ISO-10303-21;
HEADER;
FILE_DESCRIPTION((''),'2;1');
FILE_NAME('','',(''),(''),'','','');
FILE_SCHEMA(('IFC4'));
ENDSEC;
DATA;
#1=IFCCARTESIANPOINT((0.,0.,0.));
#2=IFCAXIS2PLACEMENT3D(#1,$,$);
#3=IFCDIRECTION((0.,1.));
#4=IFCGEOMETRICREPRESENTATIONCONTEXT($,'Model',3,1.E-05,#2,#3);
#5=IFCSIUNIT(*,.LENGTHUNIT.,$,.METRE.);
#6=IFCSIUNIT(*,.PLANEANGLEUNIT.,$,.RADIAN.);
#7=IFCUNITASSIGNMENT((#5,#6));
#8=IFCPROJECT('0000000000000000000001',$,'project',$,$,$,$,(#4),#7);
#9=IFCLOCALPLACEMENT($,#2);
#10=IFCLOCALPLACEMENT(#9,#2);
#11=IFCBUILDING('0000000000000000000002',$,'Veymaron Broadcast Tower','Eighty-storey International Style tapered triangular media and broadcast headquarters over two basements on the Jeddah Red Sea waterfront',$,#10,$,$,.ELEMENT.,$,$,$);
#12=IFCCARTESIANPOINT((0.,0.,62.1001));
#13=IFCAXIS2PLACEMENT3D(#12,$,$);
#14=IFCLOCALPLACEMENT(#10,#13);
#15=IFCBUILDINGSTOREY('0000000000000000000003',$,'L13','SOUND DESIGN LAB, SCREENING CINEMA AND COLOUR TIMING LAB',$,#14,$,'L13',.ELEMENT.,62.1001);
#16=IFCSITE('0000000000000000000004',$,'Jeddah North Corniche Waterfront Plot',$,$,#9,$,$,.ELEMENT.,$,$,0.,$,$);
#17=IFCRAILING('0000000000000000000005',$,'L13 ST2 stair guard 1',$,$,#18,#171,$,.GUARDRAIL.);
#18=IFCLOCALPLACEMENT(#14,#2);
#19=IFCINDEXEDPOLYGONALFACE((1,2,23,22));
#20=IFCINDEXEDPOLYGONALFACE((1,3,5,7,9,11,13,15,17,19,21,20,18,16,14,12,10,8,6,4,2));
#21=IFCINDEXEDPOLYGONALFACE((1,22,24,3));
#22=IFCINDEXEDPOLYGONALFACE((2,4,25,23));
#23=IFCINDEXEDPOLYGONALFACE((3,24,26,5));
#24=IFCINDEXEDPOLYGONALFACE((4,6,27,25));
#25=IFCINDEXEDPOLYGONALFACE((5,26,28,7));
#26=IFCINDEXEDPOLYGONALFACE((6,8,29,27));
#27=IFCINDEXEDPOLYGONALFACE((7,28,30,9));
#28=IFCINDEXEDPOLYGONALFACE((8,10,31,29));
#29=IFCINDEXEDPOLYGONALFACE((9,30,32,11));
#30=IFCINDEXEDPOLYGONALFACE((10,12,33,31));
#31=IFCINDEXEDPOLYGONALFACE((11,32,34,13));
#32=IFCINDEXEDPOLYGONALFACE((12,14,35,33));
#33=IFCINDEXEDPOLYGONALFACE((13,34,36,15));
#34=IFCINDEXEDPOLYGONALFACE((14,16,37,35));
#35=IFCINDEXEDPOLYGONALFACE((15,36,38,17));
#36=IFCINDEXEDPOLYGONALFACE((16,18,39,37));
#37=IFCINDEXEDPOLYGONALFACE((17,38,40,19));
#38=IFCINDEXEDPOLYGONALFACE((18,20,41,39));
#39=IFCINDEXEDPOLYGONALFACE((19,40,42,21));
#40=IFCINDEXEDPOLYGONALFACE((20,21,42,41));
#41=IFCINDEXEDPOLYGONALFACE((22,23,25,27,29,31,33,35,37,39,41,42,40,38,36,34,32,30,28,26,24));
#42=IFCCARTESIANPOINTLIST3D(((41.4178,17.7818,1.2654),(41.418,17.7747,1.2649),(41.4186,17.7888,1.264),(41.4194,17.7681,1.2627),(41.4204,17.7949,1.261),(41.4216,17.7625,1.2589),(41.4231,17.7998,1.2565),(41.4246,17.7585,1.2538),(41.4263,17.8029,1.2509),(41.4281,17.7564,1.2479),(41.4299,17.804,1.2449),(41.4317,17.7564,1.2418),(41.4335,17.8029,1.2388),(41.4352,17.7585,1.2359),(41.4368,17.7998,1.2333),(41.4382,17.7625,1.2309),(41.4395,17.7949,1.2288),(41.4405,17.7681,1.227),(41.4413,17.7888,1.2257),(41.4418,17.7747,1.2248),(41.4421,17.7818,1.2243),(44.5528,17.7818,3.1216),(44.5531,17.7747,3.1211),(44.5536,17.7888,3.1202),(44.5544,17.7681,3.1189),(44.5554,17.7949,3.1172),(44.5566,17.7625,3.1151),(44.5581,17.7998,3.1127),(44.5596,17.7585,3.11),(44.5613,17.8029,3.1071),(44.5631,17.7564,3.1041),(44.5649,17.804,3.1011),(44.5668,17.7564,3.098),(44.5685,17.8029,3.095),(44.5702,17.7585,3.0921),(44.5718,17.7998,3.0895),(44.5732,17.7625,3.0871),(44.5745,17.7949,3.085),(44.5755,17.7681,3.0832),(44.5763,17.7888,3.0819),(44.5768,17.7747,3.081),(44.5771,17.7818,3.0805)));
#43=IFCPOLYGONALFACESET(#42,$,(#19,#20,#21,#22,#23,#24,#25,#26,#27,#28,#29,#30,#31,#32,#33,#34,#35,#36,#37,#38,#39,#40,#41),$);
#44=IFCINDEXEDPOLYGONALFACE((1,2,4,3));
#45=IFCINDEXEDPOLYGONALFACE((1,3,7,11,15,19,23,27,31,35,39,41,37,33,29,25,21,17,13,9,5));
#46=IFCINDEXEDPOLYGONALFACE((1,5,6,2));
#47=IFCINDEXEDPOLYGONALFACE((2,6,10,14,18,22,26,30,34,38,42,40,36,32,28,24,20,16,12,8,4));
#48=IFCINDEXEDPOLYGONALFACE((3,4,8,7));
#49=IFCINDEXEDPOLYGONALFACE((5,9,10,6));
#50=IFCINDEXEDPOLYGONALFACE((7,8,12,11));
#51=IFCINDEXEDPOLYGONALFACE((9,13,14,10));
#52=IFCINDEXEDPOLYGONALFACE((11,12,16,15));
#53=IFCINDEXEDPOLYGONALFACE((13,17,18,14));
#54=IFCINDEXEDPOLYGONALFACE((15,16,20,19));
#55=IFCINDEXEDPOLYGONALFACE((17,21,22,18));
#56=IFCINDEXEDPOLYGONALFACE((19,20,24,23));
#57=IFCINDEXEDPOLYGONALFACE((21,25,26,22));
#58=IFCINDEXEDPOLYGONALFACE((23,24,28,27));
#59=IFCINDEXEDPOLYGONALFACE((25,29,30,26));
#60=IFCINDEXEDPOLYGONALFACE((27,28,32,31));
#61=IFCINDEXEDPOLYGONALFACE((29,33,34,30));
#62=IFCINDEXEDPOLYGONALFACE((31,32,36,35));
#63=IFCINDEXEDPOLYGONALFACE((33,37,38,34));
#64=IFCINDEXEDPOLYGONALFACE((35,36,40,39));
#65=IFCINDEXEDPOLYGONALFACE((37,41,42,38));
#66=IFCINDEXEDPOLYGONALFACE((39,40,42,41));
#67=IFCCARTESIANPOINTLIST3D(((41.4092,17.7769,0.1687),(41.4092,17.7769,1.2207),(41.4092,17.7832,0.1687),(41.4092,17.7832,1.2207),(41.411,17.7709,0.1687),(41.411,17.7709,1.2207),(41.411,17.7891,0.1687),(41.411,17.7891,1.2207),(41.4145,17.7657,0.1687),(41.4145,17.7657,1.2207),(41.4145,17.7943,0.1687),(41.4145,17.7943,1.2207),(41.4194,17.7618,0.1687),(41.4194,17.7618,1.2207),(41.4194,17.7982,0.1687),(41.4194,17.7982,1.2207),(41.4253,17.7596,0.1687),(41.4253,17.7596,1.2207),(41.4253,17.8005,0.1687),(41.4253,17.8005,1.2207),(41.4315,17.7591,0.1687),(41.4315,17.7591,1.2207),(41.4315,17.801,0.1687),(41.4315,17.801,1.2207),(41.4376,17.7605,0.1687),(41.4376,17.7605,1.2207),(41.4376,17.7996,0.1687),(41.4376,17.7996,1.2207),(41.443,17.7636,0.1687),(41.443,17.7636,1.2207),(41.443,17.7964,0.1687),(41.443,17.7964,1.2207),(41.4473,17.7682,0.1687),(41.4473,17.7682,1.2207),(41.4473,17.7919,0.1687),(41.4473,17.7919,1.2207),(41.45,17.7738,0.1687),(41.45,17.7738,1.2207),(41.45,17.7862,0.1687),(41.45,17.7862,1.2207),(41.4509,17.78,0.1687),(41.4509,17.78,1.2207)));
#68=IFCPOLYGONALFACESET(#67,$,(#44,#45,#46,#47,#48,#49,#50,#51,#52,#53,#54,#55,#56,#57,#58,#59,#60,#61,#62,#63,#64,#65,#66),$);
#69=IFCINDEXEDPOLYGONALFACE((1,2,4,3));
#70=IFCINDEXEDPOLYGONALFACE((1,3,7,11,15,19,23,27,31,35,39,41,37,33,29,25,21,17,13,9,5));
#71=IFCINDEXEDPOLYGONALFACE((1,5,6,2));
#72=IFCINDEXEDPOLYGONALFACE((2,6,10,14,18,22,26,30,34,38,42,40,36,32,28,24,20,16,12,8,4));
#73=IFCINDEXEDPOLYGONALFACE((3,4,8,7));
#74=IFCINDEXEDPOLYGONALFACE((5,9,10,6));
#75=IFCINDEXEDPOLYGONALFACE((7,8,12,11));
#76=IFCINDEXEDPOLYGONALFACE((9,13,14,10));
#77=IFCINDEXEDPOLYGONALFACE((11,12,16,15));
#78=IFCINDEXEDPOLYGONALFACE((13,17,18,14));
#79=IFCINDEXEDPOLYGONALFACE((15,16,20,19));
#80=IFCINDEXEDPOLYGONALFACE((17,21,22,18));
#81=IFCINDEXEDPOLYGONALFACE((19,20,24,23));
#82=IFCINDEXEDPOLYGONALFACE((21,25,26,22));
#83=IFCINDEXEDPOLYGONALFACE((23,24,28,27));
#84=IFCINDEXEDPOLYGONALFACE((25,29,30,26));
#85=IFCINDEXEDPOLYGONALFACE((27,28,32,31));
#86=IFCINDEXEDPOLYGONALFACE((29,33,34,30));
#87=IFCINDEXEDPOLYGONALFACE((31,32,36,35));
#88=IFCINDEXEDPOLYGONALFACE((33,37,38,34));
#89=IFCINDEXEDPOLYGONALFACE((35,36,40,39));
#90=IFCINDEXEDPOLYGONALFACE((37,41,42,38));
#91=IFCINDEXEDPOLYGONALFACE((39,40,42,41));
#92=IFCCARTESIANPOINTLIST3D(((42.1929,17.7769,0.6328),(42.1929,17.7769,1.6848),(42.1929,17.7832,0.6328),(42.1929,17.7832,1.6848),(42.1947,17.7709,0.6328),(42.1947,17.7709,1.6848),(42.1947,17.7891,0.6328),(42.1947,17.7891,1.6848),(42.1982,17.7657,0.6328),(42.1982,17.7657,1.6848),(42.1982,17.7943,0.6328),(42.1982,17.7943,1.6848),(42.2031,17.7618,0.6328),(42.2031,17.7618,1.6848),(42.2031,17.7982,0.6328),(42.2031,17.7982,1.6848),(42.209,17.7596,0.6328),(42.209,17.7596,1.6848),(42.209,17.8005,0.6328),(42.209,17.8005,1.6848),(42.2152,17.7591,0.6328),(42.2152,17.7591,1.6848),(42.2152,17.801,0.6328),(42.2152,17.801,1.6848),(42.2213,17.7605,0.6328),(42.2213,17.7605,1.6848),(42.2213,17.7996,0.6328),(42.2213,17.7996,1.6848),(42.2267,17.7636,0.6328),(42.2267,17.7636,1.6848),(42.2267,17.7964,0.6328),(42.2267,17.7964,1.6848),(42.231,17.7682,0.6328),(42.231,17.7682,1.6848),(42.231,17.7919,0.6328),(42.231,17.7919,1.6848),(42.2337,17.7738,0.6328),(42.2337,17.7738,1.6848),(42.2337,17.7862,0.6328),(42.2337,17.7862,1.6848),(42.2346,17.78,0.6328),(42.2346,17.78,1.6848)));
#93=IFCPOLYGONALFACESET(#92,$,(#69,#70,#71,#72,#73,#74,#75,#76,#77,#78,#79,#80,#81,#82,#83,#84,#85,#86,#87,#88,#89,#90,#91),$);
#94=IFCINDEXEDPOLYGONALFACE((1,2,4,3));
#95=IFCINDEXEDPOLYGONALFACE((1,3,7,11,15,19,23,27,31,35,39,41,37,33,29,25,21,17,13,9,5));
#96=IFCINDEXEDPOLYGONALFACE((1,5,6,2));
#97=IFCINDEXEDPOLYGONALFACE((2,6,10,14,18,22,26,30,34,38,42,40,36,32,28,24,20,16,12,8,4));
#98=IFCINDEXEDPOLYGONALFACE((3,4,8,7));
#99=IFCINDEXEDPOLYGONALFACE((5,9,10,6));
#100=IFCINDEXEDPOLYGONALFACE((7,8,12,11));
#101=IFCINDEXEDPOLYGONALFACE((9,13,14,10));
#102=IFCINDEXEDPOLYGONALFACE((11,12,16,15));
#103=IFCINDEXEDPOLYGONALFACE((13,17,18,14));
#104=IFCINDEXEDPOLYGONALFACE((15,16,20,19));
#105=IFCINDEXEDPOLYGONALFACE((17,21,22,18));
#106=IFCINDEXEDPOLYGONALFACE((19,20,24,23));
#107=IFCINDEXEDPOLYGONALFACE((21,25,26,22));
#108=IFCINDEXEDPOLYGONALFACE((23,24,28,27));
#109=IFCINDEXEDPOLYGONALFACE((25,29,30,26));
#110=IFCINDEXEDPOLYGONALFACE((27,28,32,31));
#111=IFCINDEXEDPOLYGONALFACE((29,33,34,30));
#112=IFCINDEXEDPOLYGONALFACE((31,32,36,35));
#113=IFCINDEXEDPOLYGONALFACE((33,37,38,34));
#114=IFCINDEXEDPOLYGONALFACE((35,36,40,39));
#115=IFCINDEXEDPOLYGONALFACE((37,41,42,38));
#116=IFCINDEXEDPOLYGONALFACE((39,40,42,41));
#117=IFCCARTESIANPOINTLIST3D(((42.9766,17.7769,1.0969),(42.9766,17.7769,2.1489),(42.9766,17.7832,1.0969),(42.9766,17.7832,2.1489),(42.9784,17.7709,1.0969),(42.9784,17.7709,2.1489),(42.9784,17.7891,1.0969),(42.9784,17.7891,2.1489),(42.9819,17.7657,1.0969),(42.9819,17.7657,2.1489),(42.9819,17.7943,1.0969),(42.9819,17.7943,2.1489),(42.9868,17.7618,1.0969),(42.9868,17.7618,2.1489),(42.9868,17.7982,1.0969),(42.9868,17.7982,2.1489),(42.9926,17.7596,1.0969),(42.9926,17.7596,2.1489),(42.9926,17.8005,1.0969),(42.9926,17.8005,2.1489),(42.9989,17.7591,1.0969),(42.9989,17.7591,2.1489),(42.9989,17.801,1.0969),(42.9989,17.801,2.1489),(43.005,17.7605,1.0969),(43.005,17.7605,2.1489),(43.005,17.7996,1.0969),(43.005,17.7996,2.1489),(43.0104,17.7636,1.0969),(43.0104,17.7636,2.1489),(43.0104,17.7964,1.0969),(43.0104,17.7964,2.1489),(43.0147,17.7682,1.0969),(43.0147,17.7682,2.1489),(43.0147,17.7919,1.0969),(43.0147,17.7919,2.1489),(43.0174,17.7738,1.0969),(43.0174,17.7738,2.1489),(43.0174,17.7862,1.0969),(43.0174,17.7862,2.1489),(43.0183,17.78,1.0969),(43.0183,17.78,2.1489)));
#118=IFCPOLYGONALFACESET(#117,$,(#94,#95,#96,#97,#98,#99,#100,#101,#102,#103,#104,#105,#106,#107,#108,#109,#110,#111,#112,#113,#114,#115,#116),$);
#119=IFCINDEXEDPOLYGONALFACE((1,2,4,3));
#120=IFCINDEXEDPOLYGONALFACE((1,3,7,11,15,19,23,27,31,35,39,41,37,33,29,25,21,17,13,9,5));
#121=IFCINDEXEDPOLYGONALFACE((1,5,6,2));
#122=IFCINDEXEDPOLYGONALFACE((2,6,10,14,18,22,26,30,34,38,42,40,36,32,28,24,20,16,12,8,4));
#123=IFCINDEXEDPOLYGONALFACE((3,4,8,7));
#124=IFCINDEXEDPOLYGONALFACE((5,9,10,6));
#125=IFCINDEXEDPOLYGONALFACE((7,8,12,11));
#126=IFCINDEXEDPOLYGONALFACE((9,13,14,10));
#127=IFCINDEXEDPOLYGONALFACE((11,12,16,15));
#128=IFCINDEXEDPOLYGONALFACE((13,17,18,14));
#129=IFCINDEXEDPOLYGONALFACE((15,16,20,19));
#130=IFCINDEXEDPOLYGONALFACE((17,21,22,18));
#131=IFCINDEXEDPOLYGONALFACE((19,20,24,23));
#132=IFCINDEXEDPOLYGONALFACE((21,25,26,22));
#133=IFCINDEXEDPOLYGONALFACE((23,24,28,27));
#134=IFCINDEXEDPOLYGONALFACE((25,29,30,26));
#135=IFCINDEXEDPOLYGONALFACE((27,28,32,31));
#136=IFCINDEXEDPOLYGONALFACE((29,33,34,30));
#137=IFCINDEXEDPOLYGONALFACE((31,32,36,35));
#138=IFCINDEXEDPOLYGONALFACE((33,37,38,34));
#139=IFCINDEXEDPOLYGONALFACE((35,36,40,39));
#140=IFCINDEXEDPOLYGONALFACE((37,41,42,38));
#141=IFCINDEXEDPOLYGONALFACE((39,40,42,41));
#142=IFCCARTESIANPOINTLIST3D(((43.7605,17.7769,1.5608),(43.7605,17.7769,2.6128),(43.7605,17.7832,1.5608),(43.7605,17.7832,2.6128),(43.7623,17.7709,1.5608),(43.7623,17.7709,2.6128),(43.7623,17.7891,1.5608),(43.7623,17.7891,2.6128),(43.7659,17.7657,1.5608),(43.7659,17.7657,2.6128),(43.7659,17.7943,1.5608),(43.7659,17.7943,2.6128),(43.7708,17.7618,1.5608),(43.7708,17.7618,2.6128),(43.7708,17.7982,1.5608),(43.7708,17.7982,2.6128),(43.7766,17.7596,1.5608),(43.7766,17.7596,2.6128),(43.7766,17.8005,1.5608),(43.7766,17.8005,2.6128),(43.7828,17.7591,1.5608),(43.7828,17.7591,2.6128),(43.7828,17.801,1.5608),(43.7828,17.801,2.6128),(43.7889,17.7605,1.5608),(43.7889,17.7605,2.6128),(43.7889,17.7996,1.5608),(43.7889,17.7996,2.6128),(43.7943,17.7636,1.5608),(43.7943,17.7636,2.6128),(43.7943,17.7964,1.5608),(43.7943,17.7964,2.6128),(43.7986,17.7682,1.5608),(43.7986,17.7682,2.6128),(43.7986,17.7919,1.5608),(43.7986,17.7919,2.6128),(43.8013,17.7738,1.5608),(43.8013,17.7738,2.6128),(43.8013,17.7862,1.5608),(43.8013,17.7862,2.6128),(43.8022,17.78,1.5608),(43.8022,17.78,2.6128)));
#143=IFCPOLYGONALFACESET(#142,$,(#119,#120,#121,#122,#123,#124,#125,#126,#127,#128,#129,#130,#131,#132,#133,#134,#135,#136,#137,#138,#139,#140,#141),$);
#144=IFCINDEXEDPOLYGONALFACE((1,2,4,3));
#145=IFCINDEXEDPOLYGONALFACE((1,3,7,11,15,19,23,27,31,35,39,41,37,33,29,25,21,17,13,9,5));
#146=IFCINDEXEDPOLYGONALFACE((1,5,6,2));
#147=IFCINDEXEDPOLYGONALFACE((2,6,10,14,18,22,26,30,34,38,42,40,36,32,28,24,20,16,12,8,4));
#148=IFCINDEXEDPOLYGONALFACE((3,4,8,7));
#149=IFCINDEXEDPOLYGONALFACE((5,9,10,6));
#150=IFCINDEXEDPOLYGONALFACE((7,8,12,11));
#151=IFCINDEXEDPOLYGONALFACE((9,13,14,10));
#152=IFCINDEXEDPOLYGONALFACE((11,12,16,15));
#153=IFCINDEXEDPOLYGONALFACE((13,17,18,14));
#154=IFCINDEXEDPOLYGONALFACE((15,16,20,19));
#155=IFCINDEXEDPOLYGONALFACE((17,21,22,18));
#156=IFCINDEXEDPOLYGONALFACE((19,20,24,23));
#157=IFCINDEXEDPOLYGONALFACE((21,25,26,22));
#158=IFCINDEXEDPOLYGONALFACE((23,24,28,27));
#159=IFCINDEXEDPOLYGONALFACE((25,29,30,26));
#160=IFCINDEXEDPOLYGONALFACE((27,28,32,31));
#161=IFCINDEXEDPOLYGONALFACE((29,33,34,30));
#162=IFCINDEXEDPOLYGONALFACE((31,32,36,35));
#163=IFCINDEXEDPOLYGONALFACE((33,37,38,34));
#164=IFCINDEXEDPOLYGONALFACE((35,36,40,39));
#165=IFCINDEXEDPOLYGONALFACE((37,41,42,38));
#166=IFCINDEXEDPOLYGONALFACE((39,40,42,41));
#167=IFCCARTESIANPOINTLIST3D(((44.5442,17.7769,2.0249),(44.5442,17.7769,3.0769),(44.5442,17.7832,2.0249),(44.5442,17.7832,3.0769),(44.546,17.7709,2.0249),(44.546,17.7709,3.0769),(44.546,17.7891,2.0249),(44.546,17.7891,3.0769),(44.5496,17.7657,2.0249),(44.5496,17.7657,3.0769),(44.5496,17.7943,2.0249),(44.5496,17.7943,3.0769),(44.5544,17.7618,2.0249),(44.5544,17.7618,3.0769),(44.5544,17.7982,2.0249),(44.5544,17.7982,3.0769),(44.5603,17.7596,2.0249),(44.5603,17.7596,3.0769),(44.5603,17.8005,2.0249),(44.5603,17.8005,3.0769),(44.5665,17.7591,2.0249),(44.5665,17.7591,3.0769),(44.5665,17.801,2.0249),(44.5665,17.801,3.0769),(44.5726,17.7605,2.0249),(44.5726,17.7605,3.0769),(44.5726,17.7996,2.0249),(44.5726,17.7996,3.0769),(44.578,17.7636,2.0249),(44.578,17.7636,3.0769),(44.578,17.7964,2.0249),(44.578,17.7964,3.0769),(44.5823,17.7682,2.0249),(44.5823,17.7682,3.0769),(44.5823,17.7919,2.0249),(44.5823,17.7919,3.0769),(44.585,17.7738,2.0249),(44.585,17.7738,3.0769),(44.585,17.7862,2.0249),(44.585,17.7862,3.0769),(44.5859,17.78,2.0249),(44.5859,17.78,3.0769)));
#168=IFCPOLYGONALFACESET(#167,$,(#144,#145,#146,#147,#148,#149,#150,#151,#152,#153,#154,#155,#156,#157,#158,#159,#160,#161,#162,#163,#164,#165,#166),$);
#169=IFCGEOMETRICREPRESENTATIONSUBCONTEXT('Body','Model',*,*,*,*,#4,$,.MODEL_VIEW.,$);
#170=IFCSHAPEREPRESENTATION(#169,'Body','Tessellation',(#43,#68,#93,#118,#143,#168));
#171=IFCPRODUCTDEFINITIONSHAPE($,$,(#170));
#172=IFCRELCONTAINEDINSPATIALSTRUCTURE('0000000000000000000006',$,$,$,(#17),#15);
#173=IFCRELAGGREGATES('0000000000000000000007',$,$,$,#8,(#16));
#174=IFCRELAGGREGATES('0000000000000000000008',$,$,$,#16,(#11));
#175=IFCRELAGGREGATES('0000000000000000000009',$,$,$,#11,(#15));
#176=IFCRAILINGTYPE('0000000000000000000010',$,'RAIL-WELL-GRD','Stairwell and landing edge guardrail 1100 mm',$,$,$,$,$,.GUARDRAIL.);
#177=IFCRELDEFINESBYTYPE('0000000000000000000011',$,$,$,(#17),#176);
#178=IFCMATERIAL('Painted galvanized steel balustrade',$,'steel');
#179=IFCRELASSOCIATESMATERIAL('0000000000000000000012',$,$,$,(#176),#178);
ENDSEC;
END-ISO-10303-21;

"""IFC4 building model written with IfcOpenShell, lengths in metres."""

from ifc_helpers import new_model, si_unit, direction, frame, origin, origin_2d, place, context, subcontext, project, spatial, circle, extrude, material, type_object, element, save


model = new_model("IFC4")

# Units and contexts
model_context = context("Model", 3, precision=1e-05, world=origin(), true_north=direction((0.0, 1.0)))
body_context = subcontext(model_context, "Body", "Model", "MODEL_VIEW")
ifc_project = project(units=[si_unit("LENGTHUNIT", "METRE"), si_unit("PLANEANGLEUNIT", "RADIAN")], contexts=[model_context])

# Site, building, storey
site_placement = place(None, origin())
site = spatial("IfcSite", under=ifc_project, at=site_placement, Name="Jeddah North Corniche Waterfront Plot", CompositionType="ELEMENT", RefElevation=0.0)
building_placement = place(site_placement, origin())
building = spatial("IfcBuilding", under=site, at=building_placement, Name="Veymaron Broadcast Tower", Description="Eighty-storey International Style tapered triangular media and broadcast headquarters over two basements on the Jeddah Red Sea waterfront", CompositionType="ELEMENT")
storey_placement = place(building_placement, frame((0.0, 0.0, 62.1001)))
storey = spatial("IfcBuildingStorey", under=building, at=storey_placement, Name="L13", Description="SOUND DESIGN LAB, SCREENING CINEMA AND COLOUR TIMING LAB", LongName="L13", CompositionType="ELEMENT", Elevation=62.1001)

# Railing
ifc_material_1 = material(Name="Painted galvanized steel balustrade", Category="steel")
railing_type_1 = type_object("IfcRailingType", Name="RAIL-WELL-GRD", Description="Stairwell and landing edge guardrail 1100 mm", PredefinedType="GUARDRAIL", material=ifc_material_1)
railing_1_placement = place(storey_placement, frame((41.4299, 17.78, 0.1687)))
element("IfcRailing", 1, at=railing_1_placement, inside=storey, type_object=railing_type_1, Name="L13 ST2 stair guard 1", PredefinedType="GUARDRAIL", context=body_context, shape_type="SweptSolid", body=[
    extrude(circle(Radius=0.0239, at=origin_2d()), frame((0.0, 0.0, 1.0762), z_axis=(0.860482, 0.0, 0.509481), x_axis=(0.0, 1.0, 0.0)), (0.0, 0.0, 1.0), 3.6433),
    extrude(circle(Radius=0.021, at=origin_2d()), origin(), (0.0, 0.0, 1.0), 1.052),
    extrude(circle(Radius=0.021, at=origin_2d()), frame((0.7837, 0.0, 0.4641)), (0.0, 0.0, 1.0), 1.052),
    extrude(circle(Radius=0.021, at=origin_2d()), frame((1.5674, 0.0, 0.9282)), (0.0, 0.0, 1.0), 1.052),
    extrude(circle(Radius=0.021, at=origin_2d()), frame((2.3513, 0.0, 1.3921)), (0.0, 0.0, 1.0), 1.052),
    extrude(circle(Radius=0.021, at=origin_2d()), frame((3.135, 0.0, 1.8562)), (0.0, 0.0, 1.0), 1.052),
])

save(model, "model.ifc")
